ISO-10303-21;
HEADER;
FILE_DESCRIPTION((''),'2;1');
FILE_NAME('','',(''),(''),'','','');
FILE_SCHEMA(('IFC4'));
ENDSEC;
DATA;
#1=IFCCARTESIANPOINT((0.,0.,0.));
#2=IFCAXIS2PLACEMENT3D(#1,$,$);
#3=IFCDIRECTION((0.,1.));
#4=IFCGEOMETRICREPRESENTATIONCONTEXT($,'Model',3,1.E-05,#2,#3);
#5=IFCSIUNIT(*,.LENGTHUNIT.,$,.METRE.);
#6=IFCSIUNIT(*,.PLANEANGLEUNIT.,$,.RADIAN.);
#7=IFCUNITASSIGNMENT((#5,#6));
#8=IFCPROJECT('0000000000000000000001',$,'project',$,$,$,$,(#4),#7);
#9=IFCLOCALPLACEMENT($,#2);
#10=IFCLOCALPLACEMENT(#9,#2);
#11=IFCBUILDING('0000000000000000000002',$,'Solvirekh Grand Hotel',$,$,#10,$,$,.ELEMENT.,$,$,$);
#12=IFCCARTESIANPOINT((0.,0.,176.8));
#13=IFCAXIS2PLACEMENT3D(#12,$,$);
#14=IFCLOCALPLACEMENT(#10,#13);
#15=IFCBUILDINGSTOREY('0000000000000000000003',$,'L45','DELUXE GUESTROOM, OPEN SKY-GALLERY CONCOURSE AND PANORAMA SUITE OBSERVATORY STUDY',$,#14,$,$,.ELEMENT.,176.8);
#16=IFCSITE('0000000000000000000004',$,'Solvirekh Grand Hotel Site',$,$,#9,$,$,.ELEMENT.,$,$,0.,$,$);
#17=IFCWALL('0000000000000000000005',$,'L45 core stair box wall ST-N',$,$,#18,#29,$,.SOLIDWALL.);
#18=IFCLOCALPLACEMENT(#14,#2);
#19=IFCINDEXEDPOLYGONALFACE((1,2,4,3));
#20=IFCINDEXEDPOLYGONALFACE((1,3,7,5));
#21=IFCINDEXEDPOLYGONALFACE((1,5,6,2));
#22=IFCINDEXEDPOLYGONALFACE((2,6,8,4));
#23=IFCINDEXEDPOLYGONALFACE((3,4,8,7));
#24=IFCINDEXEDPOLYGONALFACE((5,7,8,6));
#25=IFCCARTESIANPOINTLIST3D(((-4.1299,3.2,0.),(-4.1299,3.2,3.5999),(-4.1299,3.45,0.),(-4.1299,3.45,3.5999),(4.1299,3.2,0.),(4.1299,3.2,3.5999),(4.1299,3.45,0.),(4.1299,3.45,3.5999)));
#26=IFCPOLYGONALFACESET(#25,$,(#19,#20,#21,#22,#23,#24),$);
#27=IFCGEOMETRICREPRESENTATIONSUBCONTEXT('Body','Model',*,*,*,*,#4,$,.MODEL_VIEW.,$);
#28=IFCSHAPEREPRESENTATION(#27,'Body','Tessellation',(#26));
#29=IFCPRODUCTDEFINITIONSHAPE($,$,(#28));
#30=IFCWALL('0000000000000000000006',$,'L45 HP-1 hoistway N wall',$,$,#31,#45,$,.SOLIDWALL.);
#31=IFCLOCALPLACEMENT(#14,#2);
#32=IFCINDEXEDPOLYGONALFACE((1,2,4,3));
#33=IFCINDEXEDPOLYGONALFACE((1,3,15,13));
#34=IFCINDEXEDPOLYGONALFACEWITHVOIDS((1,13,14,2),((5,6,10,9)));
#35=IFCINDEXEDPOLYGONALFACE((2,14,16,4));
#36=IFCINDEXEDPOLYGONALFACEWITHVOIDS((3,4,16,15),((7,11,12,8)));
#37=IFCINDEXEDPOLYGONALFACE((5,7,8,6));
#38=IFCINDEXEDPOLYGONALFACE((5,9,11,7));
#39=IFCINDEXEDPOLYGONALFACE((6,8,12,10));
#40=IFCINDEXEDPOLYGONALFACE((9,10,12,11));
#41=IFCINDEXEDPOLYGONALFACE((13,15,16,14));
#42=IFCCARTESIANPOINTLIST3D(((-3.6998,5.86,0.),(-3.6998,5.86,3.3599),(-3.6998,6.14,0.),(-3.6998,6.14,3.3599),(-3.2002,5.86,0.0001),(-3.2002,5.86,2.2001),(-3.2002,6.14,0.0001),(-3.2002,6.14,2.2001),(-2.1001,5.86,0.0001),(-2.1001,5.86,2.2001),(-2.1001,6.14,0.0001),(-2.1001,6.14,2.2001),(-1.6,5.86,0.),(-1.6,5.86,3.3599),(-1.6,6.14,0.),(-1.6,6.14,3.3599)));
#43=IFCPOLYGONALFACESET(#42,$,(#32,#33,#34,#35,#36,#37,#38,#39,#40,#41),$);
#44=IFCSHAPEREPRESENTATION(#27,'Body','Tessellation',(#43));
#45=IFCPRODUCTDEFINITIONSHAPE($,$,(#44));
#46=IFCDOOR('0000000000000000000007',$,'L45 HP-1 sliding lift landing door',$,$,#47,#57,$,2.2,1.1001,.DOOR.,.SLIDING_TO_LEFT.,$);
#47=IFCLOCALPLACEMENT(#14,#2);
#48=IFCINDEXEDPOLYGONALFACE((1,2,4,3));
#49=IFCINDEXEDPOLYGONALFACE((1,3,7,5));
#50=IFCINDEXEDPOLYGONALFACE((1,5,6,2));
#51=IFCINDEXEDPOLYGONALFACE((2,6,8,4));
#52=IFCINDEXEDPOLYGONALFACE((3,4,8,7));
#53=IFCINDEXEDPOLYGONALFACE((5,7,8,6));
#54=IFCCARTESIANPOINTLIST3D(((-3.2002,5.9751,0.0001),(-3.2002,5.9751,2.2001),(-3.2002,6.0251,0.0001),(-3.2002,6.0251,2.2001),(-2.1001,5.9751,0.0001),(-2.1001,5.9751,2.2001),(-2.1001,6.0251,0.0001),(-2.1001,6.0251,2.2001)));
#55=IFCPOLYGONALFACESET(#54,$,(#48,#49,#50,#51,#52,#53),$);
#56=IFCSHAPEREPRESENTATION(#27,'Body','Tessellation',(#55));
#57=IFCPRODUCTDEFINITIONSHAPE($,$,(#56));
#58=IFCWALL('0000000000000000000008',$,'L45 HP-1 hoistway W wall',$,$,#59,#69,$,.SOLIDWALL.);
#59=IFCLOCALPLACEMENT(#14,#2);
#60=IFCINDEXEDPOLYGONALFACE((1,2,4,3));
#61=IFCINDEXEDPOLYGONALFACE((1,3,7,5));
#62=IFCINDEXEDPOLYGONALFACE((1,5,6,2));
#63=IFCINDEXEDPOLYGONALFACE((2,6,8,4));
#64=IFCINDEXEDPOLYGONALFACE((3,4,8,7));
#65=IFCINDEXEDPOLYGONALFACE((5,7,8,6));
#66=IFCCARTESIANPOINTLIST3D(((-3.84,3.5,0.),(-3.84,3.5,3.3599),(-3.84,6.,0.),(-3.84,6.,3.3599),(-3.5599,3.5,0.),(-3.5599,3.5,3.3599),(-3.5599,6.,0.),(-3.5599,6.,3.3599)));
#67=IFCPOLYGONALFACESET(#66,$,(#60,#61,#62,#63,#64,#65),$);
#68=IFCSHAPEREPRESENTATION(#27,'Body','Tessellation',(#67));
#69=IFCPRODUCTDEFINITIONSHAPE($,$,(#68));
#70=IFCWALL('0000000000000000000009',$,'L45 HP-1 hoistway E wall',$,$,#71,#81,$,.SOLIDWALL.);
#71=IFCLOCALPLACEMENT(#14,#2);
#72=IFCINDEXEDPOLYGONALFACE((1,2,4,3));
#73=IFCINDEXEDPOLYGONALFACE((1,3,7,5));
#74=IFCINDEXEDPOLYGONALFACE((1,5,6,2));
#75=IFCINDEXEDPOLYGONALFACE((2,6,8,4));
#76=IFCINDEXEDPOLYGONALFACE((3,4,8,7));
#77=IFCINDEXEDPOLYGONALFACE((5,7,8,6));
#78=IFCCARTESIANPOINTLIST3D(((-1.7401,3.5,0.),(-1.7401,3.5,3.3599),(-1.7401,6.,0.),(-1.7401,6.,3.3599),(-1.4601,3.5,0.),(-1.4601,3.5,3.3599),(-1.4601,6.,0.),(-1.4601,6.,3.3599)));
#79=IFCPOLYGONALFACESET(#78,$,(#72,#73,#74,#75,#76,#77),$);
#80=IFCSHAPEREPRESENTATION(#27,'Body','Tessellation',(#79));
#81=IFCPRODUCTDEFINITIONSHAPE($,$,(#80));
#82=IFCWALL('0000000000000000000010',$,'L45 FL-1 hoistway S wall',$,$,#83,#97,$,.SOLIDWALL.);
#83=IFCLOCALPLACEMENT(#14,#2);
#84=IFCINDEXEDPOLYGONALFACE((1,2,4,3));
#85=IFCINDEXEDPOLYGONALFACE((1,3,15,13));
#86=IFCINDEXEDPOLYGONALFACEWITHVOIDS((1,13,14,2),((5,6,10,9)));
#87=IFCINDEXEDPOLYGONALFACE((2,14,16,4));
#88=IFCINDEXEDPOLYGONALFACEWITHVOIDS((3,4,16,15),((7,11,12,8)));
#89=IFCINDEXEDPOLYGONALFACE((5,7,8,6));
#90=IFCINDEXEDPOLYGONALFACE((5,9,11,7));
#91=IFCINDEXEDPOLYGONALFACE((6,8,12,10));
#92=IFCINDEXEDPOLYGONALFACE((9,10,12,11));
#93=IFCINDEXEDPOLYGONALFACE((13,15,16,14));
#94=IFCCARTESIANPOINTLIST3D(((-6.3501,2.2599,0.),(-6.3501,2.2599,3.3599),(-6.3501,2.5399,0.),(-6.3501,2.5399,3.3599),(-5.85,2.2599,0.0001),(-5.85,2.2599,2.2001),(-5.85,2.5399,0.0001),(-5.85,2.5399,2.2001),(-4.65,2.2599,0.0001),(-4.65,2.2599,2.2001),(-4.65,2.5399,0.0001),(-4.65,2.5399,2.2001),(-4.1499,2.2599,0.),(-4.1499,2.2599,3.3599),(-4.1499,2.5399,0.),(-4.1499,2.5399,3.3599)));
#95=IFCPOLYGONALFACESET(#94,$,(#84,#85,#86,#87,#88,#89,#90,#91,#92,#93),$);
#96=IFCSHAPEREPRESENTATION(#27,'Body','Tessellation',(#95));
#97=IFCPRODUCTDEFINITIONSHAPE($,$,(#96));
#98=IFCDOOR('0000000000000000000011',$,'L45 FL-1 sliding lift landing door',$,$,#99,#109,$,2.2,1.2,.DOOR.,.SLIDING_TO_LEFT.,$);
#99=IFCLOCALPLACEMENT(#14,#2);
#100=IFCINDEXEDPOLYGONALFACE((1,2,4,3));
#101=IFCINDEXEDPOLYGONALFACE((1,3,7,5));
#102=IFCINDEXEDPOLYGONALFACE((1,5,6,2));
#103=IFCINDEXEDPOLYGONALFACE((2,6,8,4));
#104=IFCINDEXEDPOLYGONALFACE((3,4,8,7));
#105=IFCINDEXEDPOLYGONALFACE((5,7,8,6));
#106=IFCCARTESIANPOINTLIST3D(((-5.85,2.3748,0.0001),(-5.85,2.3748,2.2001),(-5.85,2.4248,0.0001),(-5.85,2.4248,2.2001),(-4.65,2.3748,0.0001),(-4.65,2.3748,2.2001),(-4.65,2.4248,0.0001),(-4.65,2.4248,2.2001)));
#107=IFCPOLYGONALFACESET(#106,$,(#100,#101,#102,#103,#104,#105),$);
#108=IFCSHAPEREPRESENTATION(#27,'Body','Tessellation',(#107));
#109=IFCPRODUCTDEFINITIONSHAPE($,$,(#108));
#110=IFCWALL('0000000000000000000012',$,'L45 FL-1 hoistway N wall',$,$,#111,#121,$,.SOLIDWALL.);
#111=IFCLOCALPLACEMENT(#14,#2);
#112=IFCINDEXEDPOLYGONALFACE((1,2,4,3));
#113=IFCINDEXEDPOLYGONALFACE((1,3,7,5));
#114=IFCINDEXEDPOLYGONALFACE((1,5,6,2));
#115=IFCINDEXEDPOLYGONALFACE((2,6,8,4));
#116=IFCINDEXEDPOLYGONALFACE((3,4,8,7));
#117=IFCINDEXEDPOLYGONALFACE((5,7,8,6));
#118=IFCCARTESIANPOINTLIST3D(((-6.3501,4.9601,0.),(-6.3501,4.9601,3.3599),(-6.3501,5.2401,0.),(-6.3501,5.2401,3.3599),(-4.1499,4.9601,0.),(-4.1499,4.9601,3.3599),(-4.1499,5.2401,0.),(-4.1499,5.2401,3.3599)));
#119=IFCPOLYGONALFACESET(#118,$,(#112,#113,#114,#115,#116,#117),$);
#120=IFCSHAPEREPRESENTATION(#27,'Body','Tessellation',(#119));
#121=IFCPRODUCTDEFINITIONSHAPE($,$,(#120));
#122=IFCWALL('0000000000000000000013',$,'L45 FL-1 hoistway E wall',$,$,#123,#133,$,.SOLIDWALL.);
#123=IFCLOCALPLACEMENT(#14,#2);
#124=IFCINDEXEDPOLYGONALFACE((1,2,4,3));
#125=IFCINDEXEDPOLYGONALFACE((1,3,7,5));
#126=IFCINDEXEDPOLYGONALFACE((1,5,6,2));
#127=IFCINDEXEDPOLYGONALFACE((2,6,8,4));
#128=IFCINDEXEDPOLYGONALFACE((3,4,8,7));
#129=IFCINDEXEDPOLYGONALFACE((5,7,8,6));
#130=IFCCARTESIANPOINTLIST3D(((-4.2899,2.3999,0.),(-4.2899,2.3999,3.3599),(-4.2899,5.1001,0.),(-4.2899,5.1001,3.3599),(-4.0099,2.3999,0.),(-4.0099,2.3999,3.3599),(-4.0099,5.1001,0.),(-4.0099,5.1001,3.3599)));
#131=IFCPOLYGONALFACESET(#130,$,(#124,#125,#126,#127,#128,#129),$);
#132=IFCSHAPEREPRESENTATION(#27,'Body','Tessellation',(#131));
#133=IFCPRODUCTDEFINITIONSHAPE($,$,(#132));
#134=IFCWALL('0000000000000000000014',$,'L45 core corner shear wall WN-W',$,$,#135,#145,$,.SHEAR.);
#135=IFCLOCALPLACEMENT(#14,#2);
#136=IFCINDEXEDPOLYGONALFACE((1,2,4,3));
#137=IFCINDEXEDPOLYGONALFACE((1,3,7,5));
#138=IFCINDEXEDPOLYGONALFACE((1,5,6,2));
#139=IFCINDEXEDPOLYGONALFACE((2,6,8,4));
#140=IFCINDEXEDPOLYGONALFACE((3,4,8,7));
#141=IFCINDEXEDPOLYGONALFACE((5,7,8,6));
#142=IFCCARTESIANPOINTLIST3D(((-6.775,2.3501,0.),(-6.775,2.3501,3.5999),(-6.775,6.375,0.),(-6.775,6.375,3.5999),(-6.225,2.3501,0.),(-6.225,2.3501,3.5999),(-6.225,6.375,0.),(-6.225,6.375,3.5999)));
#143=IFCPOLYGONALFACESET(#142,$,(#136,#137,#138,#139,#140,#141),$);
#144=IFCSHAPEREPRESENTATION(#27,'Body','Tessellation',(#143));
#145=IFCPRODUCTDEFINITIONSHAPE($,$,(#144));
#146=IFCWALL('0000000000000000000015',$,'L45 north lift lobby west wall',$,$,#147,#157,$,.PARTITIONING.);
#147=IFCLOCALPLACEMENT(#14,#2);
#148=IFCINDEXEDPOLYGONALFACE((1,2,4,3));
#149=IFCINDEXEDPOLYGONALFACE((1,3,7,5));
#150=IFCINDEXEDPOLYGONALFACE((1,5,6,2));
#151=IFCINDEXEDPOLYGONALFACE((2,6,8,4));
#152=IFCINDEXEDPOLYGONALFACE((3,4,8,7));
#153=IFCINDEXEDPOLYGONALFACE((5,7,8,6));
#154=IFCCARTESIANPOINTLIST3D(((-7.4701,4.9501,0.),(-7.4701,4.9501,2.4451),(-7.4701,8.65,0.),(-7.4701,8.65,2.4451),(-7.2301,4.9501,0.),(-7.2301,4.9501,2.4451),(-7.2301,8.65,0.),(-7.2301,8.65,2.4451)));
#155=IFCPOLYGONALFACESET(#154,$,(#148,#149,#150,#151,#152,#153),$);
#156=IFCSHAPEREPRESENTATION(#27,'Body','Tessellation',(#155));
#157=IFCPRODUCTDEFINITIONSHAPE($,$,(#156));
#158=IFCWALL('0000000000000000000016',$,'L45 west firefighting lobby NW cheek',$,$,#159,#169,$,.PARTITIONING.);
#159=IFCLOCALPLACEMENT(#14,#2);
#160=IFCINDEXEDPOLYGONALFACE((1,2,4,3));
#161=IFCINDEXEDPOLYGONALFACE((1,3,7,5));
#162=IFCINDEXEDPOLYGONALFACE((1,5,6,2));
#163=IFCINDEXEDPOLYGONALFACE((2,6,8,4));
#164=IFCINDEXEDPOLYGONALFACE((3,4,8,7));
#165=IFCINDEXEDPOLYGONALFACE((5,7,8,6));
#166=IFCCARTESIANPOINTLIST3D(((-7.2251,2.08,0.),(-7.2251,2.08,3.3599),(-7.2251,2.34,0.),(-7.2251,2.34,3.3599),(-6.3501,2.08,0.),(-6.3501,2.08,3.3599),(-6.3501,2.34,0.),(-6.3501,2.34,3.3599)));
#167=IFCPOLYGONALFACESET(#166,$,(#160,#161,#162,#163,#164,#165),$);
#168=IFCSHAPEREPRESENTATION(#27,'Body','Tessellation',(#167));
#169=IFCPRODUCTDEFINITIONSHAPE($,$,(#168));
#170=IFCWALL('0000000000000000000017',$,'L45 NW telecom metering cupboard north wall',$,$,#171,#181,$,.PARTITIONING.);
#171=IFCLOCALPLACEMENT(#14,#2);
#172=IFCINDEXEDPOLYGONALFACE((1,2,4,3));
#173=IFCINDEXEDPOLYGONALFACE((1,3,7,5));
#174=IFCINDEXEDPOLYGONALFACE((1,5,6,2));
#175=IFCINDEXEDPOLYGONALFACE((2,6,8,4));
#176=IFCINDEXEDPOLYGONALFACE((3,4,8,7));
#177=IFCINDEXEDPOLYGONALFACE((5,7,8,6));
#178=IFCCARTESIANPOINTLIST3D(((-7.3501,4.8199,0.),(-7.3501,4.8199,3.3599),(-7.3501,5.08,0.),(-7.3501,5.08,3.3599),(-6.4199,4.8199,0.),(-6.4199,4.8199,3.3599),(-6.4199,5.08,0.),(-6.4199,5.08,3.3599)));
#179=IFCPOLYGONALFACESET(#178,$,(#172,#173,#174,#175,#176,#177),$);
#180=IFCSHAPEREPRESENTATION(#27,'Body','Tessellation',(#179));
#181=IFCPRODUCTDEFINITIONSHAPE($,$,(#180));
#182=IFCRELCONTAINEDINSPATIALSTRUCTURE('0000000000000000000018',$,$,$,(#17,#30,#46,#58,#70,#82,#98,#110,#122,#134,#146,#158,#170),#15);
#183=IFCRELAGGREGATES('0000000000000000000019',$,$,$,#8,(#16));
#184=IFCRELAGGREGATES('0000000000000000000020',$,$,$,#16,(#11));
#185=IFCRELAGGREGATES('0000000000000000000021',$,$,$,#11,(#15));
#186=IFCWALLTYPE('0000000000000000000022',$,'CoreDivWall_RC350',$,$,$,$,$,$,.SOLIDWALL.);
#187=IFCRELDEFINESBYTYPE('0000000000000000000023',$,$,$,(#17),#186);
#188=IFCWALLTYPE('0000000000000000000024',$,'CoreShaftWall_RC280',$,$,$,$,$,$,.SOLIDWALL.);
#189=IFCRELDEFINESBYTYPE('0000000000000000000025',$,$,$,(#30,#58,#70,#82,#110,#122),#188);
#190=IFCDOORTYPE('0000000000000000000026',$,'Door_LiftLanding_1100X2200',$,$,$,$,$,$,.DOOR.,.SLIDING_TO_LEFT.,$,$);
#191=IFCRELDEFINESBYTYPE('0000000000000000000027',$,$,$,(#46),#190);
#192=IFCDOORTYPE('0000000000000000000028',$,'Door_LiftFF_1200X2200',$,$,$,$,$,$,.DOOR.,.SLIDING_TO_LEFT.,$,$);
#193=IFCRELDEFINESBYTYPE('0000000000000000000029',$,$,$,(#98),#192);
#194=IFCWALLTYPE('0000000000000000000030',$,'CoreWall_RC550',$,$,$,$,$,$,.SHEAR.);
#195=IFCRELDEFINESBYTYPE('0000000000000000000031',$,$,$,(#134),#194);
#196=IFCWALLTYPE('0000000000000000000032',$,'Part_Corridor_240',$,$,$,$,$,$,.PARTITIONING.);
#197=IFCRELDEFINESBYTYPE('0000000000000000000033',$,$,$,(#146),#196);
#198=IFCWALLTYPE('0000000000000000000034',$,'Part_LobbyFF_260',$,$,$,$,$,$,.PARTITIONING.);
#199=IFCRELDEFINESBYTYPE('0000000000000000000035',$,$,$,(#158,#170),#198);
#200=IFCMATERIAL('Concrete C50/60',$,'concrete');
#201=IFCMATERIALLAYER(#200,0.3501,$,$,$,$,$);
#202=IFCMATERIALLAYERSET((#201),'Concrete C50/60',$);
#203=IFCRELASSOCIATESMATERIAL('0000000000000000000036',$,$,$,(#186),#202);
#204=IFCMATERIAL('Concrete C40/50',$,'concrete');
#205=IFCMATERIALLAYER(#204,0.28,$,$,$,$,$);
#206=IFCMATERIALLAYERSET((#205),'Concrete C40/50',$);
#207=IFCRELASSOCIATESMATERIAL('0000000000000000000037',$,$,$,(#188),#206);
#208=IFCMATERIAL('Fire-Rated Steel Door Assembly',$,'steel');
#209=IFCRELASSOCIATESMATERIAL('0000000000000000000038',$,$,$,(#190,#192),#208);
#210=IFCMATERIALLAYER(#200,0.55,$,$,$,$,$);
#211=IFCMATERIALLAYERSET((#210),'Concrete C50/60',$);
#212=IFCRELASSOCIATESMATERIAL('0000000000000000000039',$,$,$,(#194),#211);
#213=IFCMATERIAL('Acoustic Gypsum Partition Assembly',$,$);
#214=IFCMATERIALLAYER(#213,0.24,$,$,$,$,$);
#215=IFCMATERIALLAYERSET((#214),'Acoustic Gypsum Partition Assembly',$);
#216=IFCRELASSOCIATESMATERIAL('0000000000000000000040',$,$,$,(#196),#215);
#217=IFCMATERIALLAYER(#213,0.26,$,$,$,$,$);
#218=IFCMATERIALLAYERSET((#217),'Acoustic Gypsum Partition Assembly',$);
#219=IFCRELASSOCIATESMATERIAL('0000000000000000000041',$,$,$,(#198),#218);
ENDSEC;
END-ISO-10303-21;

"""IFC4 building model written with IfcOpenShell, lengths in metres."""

from ifc_helpers import new_model, si_unit, direction, frame, frame_2d, origin, place, context, subcontext, project, spatial, rectangle, extrude, material, layer, layer_set, type_object, element, fill, save


model = new_model("IFC4")

# Units and contexts
model_context = context("Model", 3, precision=1e-05, world=origin(), true_north=direction((0.0, 1.0)))
body_context = subcontext(model_context, "Body", "Model", "MODEL_VIEW")
ifc_project = project(units=[si_unit("LENGTHUNIT", "METRE"), si_unit("PLANEANGLEUNIT", "RADIAN")], contexts=[model_context])

# Site, building, storey
site_placement = place(None, origin())
site = spatial("IfcSite", under=ifc_project, at=site_placement, Name="Solvirekh Grand Hotel Site", CompositionType="ELEMENT", RefElevation=0.0)
building_placement = place(site_placement, origin())
building = spatial("IfcBuilding", under=site, at=building_placement, Name="Solvirekh Grand Hotel", CompositionType="ELEMENT")
storey_placement = place(building_placement, frame((0.0, 0.0, 176.8)))
storey = spatial("IfcBuildingStorey", under=building, at=storey_placement, Name="L45", Description="DELUXE GUESTROOM, OPEN SKY-GALLERY CONCOURSE AND PANORAMA SUITE OBSERVATORY STUDY", CompositionType="ELEMENT", Elevation=176.8)

# Wall
ifc_material_1 = material(Name="Concrete C50/60", Category="concrete")
ifc_layer_1 = layer(ifc_material_1, 0.3501)
ifc_layer_set_1 = layer_set([ifc_layer_1], Name="Concrete C50/60")
wall_type_1 = type_object("IfcWallType", Name="CoreDivWall_RC350", PredefinedType="SOLIDWALL", material=ifc_layer_set_1)
wall_1_placement = place(storey_placement, frame((-4.1299, 3.325, 0.0), z_axis=(0.0, 0.0, 1.0), x_axis=(1.0, 0.0, 0.0)))
element("IfcWall", 1, at=wall_1_placement, inside=storey, type_object=wall_type_1, Name="L45 core stair box wall ST-N", PredefinedType="SOLIDWALL", context=body_context, shape_type="SweptSolid", body=[
    extrude(rectangle(XDim=8.2598, YDim=0.25, at=frame_2d((4.1299, 0.0))), origin(), (0.0, 0.0, 1.0), 3.5999),
])

# Wall, opening, door
ifc_material_2 = material(Name="Concrete C40/50", Category="concrete")
ifc_layer_2 = layer(ifc_material_2, 0.28)
ifc_layer_set_2 = layer_set([ifc_layer_2], Name="Concrete C40/50")
wall_type_2 = type_object("IfcWallType", Name="CoreShaftWall_RC280", PredefinedType="SOLIDWALL", material=ifc_layer_set_2)
wall_2_placement = place(storey_placement, frame((-1.6001, 6.0, 0.0), z_axis=(0.0, 0.0, 1.0), x_axis=(-1.0, 0.0, 0.0)))
wall_2 = element("IfcWall", 2, at=wall_2_placement, inside=storey, type_object=wall_type_2, Name="L45 HP-1 hoistway N wall", PredefinedType="SOLIDWALL", context=body_context, shape_type="SweptSolid", body=[
    extrude(rectangle(XDim=2.0999, YDim=0.28, at=frame_2d((1.0498, 0.0))), origin(), (0.0, 0.0, 1.0), 3.3599),
])
opening_1_placement = place(wall_2_placement, frame((0.5, 0.0, 0.0)))
opening_1 = element("IfcOpeningElement", 3, at=opening_1_placement, cuts=wall_2, PredefinedType="OPENING", context=body_context, shape_type="SweptSolid", body=[
    extrude(rectangle(XDim=1.1001, YDim=2.2, at=frame_2d((0.55, 1.1001))), frame((0.0, 0.1499, 0.0), z_axis=(0.0, -1.0, 0.0), x_axis=(1.0, 0.0, 0.0)), (0.0, 0.0, 1.0), 0.3),
])
ifc_material_3 = material(Name="Fire-Rated Steel Door Assembly", Category="steel")
door_type_1 = type_object("IfcDoorType", Name="Door_LiftLanding_1100X2200", OperationType="SLIDING_TO_LEFT", PredefinedType="DOOR", material=ifc_material_3)
door_1_placement = place(opening_1_placement, origin())
door_1 = element("IfcDoor", 4, at=door_1_placement, inside=storey, type_object=door_type_1, Name="L45 HP-1 sliding lift landing door", OperationType="SLIDING_TO_LEFT", OverallHeight=2.2, OverallWidth=1.1001, PredefinedType="DOOR", context=body_context, shape_type="SweptSolid", body=[
    extrude(rectangle(XDim=1.1001, YDim=2.2, at=frame_2d((0.55, 1.1001))), frame((0.0, 0.0249, 0.0), z_axis=(0.0, -1.0, 0.0), x_axis=(1.0, 0.0, 0.0)), (0.0, 0.0, 1.0), 0.05),
])
fill(opening_1, door_1)

# Walls
for number, where, z_axis, x_axis, name in (
    (5, (-3.7, 6.0, 0.0), (0.0, 0.0, 1.0), (0.0, -1.0, 0.0), "L45 HP-1 hoistway W wall"),
    (6, (-1.6001, 3.5, 0.0), (0.0, 0.0, 1.0), (0.0, 1.0, 0.0), "L45 HP-1 hoistway E wall"),
):
    element("IfcWall", number, at=place(storey_placement, frame(where, z_axis=z_axis, x_axis=x_axis)), inside=storey, type_object=wall_type_2, Name=name, PredefinedType="SOLIDWALL", context=body_context, shape_type="SweptSolid", body=[
        extrude(rectangle(XDim=2.5, YDim=0.28, at=frame_2d((1.25, 0.0))), origin(), (0.0, 0.0, 1.0), 3.3599),
    ])

# Wall, opening, door
wall_3_placement = place(storey_placement, frame((-6.3501, 2.3999, 0.0), z_axis=(0.0, 0.0, 1.0), x_axis=(1.0, 0.0, 0.0)))
wall_3 = element("IfcWall", 7, at=wall_3_placement, inside=storey, type_object=wall_type_2, Name="L45 FL-1 hoistway S wall", PredefinedType="SOLIDWALL", context=body_context, shape_type="SweptSolid", body=[
    extrude(rectangle(XDim=2.2002, YDim=0.28, at=frame_2d((1.1001, 0.0))), origin(), (0.0, 0.0, 1.0), 3.3599),
])
opening_2_placement = place(wall_3_placement, frame((0.5, 0.0, 0.0)))
opening_2 = element("IfcOpeningElement", 8, at=opening_2_placement, cuts=wall_3, PredefinedType="OPENING", context=body_context, shape_type="SweptSolid", body=[
    extrude(rectangle(XDim=1.2, YDim=2.2, at=frame_2d((0.6001, 1.1001))), frame((0.0, 0.1499, 0.0), z_axis=(0.0, -1.0, 0.0), x_axis=(1.0, 0.0, 0.0)), (0.0, 0.0, 1.0), 0.3),
])
door_type_2 = type_object("IfcDoorType", Name="Door_LiftFF_1200X2200", OperationType="SLIDING_TO_LEFT", PredefinedType="DOOR", material=ifc_material_3)
door_2_placement = place(opening_2_placement, origin())
door_2 = element("IfcDoor", 9, at=door_2_placement, inside=storey, type_object=door_type_2, Name="L45 FL-1 sliding lift landing door", OperationType="SLIDING_TO_LEFT", OverallHeight=2.2, OverallWidth=1.2, PredefinedType="DOOR", context=body_context, shape_type="SweptSolid", body=[
    extrude(rectangle(XDim=1.2, YDim=2.2, at=frame_2d((0.6001, 1.1001))), frame((0.0, 0.0249, 0.0), z_axis=(0.0, -1.0, 0.0), x_axis=(1.0, 0.0, 0.0)), (0.0, 0.0, 1.0), 0.05),
])
fill(opening_2, door_2)

# Walls
wall_4_placement = place(storey_placement, frame((-4.1499, 5.1001, 0.0), z_axis=(0.0, 0.0, 1.0), x_axis=(-1.0, 0.0, 0.0)))
element("IfcWall", 10, at=wall_4_placement, inside=storey, type_object=wall_type_2, Name="L45 FL-1 hoistway N wall", PredefinedType="SOLIDWALL", context=body_context, shape_type="SweptSolid", body=[
    extrude(rectangle(XDim=2.2002, YDim=0.28, at=frame_2d((1.1001, 0.0))), origin(), (0.0, 0.0, 1.0), 3.3599),
])
wall_5_placement = place(storey_placement, frame((-4.1499, 2.3999, 0.0), z_axis=(0.0, 0.0, 1.0), x_axis=(0.0, 1.0, 0.0)))
element("IfcWall", 11, at=wall_5_placement, inside=storey, type_object=wall_type_2, Name="L45 FL-1 hoistway E wall", PredefinedType="SOLIDWALL", context=body_context, shape_type="SweptSolid", body=[
    extrude(rectangle(XDim=2.7002, YDim=0.28, at=frame_2d((1.3501, 0.0))), origin(), (0.0, 0.0, 1.0), 3.3599),
])
ifc_layer_3 = layer(ifc_material_1, 0.55)
ifc_layer_set_3 = layer_set([ifc_layer_3], Name="Concrete C50/60")
wall_type_3 = type_object("IfcWallType", Name="CoreWall_RC550", PredefinedType="SHEAR", material=ifc_layer_set_3)
wall_6_placement = place(storey_placement, frame((-6.5, 2.3501, 0.0), z_axis=(0.0, 0.0, 1.0), x_axis=(0.0, 1.0, 0.0)))
element("IfcWall", 12, at=wall_6_placement, inside=storey, type_object=wall_type_3, Name="L45 core corner shear wall WN-W", PredefinedType="SHEAR", context=body_context, shape_type="SweptSolid", body=[
    extrude(rectangle(XDim=4.0249, YDim=0.55, at=frame_2d((2.0125, 0.0))), origin(), (0.0, 0.0, 1.0), 3.5999),
])
ifc_material_4 = material(Name="Acoustic Gypsum Partition Assembly")
ifc_layer_4 = layer(ifc_material_4, 0.24)
ifc_layer_set_4 = layer_set([ifc_layer_4], Name="Acoustic Gypsum Partition Assembly")
wall_type_4 = type_object("IfcWallType", Name="Part_Corridor_240", PredefinedType="PARTITIONING", material=ifc_layer_set_4)
wall_7_placement = place(storey_placement, frame((-7.3501, 4.95, 0.0), z_axis=(0.0, 0.0, 1.0), x_axis=(0.0, 1.0, 0.0)))
element("IfcWall", 13, at=wall_7_placement, inside=storey, type_object=wall_type_4, Name="L45 north lift lobby west wall", PredefinedType="PARTITIONING", context=body_context, shape_type="SweptSolid", body=[
    extrude(rectangle(XDim=3.7, YDim=0.24, at=frame_2d((1.8501, 0.0))), origin(), (0.0, 0.0, 1.0), 2.4451),
])
ifc_layer_5 = layer(ifc_material_4, 0.26)
ifc_layer_set_5 = layer_set([ifc_layer_5], Name="Acoustic Gypsum Partition Assembly")
wall_type_5 = type_object("IfcWallType", Name="Part_LobbyFF_260", PredefinedType="PARTITIONING", material=ifc_layer_set_5)
wall_8_placement = place(storey_placement, frame((-7.2251, 2.21, 0.0), z_axis=(0.0, 0.0, 1.0), x_axis=(1.0, 0.0, 0.0)))
element("IfcWall", 14, at=wall_8_placement, inside=storey, type_object=wall_type_5, Name="L45 west firefighting lobby NW cheek", PredefinedType="PARTITIONING", context=body_context, shape_type="SweptSolid", body=[
    extrude(rectangle(XDim=0.875, YDim=0.26, at=frame_2d((0.4375, 0.0))), origin(), (0.0, 0.0, 1.0), 3.3599),
])
for number, where, z_axis, x_axis, name in (
    (15, (-7.3501, 4.95, 0.0), (0.0, 0.0, 1.0), (1.0, 0.0, 0.0), "L45 NW telecom metering cupboard north wall"),
):
    element("IfcWall", number, at=place(storey_placement, frame(where, z_axis=z_axis, x_axis=x_axis)), inside=storey, type_object=wall_type_5, Name=name, PredefinedType="PARTITIONING", context=body_context, shape_type="SweptSolid", body=[
        extrude(rectangle(XDim=0.9302, YDim=0.26, at=frame_2d((0.4651, 0.0))), origin(), (0.0, 0.0, 1.0), 3.3599),
    ])

save(model, "model.ifc")
